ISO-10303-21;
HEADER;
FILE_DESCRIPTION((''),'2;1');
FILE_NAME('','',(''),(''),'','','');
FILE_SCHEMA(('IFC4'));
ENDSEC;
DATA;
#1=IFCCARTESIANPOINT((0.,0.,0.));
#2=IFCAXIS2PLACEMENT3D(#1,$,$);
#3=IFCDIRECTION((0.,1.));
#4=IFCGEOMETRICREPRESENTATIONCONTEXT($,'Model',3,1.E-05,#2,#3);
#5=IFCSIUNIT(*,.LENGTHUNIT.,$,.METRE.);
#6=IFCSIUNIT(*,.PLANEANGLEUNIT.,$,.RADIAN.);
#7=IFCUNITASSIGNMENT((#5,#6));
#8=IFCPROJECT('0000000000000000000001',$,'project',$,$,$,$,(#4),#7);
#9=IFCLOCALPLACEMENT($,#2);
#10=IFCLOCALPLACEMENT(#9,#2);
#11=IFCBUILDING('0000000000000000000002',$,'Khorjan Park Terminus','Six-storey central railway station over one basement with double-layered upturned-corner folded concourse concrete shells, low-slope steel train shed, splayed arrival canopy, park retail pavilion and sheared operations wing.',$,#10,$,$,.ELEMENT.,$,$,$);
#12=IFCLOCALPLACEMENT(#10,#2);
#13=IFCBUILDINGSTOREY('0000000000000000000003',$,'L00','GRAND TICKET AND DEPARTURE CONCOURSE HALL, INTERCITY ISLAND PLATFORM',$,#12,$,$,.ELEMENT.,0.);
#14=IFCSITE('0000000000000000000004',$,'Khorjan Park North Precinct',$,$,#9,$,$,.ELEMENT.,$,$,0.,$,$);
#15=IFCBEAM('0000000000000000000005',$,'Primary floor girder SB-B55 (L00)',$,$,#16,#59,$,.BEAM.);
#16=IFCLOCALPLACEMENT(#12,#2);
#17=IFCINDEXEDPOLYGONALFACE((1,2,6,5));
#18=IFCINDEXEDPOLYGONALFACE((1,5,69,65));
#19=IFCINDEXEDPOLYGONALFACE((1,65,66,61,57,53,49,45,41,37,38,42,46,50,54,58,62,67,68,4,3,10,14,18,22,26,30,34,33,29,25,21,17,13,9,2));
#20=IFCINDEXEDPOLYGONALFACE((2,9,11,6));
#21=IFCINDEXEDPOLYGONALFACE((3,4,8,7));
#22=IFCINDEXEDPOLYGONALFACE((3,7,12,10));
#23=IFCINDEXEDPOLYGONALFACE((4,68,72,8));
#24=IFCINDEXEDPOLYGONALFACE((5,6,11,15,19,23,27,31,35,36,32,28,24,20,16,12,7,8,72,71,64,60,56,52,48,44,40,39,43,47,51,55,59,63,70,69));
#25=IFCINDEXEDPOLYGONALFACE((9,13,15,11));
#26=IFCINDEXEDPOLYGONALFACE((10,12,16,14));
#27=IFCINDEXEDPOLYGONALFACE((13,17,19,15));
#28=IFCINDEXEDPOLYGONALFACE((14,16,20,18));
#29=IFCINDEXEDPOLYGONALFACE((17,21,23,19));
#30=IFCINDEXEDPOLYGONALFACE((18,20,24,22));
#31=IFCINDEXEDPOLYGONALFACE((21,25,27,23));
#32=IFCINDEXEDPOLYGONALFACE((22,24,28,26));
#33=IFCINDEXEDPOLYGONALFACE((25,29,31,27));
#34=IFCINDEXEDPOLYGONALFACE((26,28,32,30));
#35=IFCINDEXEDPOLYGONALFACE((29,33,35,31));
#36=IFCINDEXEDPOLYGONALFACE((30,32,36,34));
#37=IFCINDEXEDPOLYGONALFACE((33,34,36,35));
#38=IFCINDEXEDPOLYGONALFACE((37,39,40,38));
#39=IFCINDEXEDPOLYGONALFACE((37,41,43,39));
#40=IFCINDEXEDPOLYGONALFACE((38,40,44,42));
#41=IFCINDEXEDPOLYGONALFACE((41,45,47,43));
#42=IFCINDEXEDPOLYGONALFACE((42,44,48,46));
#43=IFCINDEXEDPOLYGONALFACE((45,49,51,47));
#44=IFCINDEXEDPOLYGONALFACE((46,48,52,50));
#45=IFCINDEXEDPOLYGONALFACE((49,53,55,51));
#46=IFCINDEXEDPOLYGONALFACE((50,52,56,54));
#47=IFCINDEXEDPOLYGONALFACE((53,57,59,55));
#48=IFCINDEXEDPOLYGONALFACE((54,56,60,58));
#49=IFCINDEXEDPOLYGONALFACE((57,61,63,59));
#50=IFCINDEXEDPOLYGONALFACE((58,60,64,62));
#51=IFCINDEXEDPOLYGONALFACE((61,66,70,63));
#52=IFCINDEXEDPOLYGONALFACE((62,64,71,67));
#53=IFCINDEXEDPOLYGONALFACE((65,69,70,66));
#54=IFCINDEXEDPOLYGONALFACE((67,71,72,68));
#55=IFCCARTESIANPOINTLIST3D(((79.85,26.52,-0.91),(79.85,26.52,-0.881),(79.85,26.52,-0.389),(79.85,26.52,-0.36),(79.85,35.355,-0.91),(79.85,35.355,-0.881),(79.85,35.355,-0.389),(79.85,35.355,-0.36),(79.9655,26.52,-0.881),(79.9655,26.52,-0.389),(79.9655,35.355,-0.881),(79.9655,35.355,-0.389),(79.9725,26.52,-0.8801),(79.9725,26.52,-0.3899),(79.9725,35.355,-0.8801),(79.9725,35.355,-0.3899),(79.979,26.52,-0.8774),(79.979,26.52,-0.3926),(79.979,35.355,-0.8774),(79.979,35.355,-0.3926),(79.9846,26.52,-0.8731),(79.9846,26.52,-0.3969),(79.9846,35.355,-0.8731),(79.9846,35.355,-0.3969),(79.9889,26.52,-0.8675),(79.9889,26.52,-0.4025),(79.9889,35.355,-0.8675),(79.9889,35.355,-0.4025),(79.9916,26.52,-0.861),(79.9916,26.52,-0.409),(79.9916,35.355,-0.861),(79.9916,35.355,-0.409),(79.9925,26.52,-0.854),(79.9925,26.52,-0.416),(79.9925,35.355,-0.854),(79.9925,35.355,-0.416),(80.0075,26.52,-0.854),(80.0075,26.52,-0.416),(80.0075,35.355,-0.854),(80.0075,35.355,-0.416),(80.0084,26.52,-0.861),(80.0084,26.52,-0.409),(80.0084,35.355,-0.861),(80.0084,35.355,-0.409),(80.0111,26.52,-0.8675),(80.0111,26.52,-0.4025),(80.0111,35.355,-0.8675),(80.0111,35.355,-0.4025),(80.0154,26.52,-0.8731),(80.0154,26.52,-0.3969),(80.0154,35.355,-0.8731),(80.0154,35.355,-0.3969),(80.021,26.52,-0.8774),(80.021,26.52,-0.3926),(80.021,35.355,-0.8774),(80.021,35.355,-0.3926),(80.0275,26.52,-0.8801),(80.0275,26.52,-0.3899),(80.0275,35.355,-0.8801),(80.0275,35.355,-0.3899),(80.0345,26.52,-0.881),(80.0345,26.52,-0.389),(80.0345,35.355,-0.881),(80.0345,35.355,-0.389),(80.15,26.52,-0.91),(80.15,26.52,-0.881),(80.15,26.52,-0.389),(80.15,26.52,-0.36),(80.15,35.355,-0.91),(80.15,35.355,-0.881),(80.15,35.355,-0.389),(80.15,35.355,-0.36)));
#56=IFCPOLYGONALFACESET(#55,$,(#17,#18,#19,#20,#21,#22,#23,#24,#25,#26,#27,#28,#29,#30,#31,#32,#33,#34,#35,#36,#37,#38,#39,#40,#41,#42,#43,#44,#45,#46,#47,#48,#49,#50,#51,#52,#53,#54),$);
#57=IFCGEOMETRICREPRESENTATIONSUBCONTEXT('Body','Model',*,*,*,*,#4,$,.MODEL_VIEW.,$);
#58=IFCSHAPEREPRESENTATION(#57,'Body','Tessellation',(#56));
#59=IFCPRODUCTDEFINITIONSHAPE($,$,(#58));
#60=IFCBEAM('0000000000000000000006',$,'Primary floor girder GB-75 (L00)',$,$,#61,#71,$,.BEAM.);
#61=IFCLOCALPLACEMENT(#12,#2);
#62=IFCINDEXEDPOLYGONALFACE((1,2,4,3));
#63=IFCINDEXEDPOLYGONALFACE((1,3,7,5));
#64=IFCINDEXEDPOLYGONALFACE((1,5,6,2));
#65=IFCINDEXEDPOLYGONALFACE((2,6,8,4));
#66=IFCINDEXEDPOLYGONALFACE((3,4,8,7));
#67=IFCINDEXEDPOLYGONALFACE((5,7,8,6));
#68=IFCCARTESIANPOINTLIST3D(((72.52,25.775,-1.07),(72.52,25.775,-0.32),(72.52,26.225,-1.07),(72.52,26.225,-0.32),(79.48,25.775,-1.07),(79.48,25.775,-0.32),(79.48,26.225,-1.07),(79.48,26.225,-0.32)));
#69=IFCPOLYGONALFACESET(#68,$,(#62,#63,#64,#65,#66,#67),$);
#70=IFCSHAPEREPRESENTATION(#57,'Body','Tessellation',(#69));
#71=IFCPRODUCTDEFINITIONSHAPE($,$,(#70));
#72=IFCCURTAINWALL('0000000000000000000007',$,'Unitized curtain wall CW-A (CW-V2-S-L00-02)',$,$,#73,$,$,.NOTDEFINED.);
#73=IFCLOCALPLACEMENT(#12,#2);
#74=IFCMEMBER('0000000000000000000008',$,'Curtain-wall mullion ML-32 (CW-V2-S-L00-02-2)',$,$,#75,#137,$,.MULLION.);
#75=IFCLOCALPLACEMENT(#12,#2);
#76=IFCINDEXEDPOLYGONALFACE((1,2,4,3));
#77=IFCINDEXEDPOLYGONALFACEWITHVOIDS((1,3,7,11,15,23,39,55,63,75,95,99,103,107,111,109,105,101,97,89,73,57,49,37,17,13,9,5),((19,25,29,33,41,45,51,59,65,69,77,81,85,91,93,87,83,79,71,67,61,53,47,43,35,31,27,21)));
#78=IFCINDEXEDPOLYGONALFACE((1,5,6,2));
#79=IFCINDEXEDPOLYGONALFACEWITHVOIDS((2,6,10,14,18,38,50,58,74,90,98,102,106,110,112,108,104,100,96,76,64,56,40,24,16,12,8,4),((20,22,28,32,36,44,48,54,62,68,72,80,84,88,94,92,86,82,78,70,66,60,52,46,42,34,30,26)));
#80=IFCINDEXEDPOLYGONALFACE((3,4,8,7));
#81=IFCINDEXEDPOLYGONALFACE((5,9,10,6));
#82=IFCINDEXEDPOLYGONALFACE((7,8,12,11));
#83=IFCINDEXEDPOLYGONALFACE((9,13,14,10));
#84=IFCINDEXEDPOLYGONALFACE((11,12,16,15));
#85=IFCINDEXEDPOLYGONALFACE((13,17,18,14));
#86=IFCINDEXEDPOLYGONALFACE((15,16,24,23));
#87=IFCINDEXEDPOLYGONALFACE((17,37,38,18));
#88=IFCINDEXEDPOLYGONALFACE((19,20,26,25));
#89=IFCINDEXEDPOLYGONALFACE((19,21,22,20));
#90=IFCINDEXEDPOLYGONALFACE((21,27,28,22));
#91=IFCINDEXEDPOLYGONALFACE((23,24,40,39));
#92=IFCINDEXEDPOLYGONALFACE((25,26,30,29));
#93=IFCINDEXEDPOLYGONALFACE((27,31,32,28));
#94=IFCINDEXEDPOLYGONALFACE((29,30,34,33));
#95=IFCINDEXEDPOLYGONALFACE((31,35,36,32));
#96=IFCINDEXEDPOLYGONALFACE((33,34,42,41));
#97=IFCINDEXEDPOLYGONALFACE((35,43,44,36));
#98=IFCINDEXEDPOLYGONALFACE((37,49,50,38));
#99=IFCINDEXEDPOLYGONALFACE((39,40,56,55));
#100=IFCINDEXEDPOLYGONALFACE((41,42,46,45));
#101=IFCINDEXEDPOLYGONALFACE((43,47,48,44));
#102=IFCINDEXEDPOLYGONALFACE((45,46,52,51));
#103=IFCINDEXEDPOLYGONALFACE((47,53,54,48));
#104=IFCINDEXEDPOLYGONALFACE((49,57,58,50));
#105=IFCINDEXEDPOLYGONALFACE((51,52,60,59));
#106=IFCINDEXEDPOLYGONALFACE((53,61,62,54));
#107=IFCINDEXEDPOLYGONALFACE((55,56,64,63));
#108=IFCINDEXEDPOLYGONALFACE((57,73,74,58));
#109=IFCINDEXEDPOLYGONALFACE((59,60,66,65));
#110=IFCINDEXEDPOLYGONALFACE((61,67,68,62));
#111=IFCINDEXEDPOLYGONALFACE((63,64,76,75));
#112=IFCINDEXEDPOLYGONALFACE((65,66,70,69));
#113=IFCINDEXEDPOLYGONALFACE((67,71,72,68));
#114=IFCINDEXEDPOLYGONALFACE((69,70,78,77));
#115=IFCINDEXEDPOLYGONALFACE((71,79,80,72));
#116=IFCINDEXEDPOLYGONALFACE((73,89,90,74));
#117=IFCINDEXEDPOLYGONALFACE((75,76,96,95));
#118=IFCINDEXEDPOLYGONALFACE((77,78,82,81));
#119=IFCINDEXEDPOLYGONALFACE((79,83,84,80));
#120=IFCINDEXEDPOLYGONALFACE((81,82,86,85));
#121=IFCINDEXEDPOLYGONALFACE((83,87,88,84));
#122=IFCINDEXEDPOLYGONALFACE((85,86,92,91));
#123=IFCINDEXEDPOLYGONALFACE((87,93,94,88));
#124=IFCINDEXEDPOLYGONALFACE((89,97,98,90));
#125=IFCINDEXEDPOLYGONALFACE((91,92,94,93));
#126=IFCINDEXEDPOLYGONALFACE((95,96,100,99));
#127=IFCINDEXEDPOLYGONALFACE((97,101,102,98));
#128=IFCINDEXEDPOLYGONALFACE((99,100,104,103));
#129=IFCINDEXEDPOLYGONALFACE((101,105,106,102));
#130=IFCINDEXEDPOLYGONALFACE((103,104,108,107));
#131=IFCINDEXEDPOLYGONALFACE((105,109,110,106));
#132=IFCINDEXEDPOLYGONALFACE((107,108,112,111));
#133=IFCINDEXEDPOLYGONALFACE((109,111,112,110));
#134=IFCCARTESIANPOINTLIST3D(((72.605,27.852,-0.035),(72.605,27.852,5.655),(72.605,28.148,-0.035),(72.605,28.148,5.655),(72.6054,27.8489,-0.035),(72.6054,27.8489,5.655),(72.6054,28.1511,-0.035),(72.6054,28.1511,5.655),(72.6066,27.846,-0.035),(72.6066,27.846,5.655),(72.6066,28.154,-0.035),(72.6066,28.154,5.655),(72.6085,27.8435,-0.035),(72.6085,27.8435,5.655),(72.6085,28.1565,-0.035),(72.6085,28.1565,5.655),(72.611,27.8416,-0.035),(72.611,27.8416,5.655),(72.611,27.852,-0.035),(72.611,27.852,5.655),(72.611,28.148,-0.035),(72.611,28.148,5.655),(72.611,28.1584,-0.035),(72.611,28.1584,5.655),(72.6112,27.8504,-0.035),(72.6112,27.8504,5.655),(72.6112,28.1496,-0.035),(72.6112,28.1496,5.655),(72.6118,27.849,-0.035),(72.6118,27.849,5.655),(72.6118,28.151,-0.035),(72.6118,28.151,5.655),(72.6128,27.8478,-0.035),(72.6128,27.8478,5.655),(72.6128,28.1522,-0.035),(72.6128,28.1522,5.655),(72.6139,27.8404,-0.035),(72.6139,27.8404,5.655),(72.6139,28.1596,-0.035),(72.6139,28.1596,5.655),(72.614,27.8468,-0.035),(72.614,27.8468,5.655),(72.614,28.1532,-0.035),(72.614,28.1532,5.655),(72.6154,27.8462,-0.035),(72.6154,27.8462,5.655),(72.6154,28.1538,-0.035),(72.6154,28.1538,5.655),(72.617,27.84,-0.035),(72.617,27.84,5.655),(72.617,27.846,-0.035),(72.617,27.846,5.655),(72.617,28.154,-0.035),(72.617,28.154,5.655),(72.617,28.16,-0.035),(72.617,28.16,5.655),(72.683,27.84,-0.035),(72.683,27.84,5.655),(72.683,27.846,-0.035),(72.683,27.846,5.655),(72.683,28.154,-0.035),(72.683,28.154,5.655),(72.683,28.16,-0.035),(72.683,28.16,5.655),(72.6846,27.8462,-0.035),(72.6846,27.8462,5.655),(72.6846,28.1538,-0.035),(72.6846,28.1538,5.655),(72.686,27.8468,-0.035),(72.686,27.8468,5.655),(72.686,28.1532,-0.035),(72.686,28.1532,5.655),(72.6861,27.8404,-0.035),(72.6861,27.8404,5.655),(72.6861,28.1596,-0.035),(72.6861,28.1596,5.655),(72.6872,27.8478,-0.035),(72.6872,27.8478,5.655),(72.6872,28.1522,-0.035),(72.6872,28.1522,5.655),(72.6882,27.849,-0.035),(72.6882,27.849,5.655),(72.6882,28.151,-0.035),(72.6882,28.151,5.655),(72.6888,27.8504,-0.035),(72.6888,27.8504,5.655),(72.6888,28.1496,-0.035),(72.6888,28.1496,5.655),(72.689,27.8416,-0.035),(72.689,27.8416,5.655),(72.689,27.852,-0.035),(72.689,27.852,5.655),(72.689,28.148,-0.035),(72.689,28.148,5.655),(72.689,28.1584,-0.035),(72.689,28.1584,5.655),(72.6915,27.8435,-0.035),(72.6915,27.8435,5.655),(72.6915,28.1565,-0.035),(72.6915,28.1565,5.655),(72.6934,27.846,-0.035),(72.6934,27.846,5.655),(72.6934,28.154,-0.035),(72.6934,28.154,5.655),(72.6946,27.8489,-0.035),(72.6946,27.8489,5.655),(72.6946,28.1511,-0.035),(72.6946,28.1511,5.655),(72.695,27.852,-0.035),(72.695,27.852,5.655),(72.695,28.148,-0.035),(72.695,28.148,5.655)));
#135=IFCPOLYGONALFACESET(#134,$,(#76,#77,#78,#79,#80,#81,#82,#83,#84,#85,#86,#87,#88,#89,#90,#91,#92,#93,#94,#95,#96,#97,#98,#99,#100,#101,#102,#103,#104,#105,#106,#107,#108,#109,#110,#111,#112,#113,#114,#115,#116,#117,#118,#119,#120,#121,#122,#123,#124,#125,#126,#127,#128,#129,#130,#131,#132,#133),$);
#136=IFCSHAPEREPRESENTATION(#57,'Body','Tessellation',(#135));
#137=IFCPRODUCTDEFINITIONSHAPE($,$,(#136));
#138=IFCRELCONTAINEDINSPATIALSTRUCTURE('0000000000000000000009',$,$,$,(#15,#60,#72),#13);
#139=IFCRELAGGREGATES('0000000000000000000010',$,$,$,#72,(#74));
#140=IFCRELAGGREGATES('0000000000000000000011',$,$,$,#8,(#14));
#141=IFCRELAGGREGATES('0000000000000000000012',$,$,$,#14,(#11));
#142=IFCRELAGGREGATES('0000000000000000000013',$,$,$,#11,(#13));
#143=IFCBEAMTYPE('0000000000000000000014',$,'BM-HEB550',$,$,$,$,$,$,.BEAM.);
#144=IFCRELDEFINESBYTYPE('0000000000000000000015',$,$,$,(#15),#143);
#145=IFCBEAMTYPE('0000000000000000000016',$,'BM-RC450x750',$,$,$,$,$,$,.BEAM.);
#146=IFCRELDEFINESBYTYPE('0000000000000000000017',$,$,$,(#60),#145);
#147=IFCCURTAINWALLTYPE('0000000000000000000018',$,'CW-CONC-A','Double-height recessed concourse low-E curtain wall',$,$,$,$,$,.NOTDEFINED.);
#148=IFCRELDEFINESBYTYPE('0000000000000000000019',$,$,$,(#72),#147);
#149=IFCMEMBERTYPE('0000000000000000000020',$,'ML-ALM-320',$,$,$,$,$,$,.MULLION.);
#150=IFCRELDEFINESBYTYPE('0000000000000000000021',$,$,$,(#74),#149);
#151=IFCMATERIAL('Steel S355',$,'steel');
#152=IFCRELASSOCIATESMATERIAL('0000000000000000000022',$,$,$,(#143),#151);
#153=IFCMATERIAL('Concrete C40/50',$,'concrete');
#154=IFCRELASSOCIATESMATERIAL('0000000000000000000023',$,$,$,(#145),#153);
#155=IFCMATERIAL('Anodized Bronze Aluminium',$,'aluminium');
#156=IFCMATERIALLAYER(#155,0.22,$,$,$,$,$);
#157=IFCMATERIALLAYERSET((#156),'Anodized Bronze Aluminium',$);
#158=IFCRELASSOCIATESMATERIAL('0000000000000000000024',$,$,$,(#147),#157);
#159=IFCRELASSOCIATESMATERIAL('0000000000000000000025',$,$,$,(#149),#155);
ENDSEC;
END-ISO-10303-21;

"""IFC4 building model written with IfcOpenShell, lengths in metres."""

from ifc_helpers import new_model, si_unit, direction, frame, origin, origin_2d, place, context, subcontext, project, spatial, rectangle, hollow_rectangle, i_section, extrude, material, layer, layer_set, material_profile, profile_set, type_object, element, aggregate, save


model = new_model("IFC4")

# Units and contexts
model_context = context("Model", 3, precision=1e-05, world=origin(), true_north=direction((0.0, 1.0)))
body_context = subcontext(model_context, "Body", "Model", "MODEL_VIEW")
ifc_project = project(units=[si_unit("LENGTHUNIT", "METRE"), si_unit("PLANEANGLEUNIT", "RADIAN")], contexts=[model_context])

# Site, building, storey
site_placement = place(None, origin())
site = spatial("IfcSite", under=ifc_project, at=site_placement, Name="Khorjan Park North Precinct", CompositionType="ELEMENT", RefElevation=0.0)
building_placement = place(site_placement, origin())
building = spatial("IfcBuilding", under=site, at=building_placement, Name="Khorjan Park Terminus", Description="Six-storey central railway station over one basement with double-layered upturned-corner folded concourse concrete shells, low-slope steel train shed, splayed arrival canopy, park retail pavilion and sheared operations wing.", CompositionType="ELEMENT")
storey_placement = place(building_placement, origin())
storey = spatial("IfcBuildingStorey", under=building, at=storey_placement, Name="L00", Description="GRAND TICKET AND DEPARTURE CONCOURSE HALL, INTERCITY ISLAND PLATFORM", CompositionType="ELEMENT", Elevation=0.0)

# Beams
ifc_material_1 = material(Name="Steel S355", Category="steel")
ifc_material_profile_1 = material_profile(ifc_material_1, i_section(OverallWidth=0.3, OverallDepth=0.55, WebThickness=0.015, FlangeThickness=0.029, FilletRadius=0.027, at=origin_2d()), Name="HEB 550")
ifc_profile_set_1 = profile_set([ifc_material_profile_1], Name="Steel S355")
beam_type_1 = type_object("IfcBeamType", Name="BM-HEB550", PredefinedType="BEAM", material=ifc_profile_set_1)
beam_1_placement = place(storey_placement, frame((80.0, 26.52, -0.635), z_axis=(0.0, 1.0, 0.0), x_axis=(-1.0, 0.0, 0.0)))
element("IfcBeam", 1, at=beam_1_placement, inside=storey, type_object=beam_type_1, Name="Primary floor girder SB-B55 (L00)", PredefinedType="BEAM", context=body_context, shape_type="SweptSolid", body=[
    extrude(i_section(OverallWidth=0.3, OverallDepth=0.55, WebThickness=0.015, FlangeThickness=0.029, FilletRadius=0.027, at=origin_2d()), origin(), (0.0, 0.0, 1.0), 8.835),
])
ifc_material_2 = material(Name="Concrete C40/50", Category="concrete")
ifc_material_profile_2 = material_profile(ifc_material_2, rectangle(XDim=0.45, YDim=0.75, at=origin_2d()), Name="RC 450x750")
ifc_profile_set_2 = profile_set([ifc_material_profile_2], Name="Concrete C40/50")
beam_type_2 = type_object("IfcBeamType", Name="BM-RC450x750", PredefinedType="BEAM", material=ifc_profile_set_2)
beam_2_placement = place(storey_placement, frame((72.52, 26.0, -0.695), z_axis=(1.0, 0.0, 0.0), x_axis=(0.0, 1.0, 0.0)))
element("IfcBeam", 2, at=beam_2_placement, inside=storey, type_object=beam_type_2, Name="Primary floor girder GB-75 (L00)", PredefinedType="BEAM", context=body_context, shape_type="SweptSolid", body=[
    extrude(rectangle(XDim=0.45, YDim=0.75, at=origin_2d()), origin(), (0.0, 0.0, 1.0), 6.96),
])

# Curtain wall, member
ifc_material_3 = material(Name="Anodized Bronze Aluminium", Category="aluminium")
ifc_layer_1 = layer(ifc_material_3, 0.22)
ifc_layer_set_1 = layer_set([ifc_layer_1], Name="Anodized Bronze Aluminium")
curtain_wall_type = type_object("IfcCurtainWallType", Name="CW-CONC-A", Description="Double-height recessed concourse low-E curtain wall", PredefinedType="NOTDEFINED", material=ifc_layer_set_1)
curtain_wall_placement = place(storey_placement, origin())
curtain_wall = element("IfcCurtainWall", 3, at=curtain_wall_placement, inside=storey, type_object=curtain_wall_type, Name="Unitized curtain wall CW-A (CW-V2-S-L00-02)", PredefinedType="NOTDEFINED")
ifc_material_profile_3 = material_profile(ifc_material_3, hollow_rectangle(XDim=0.09, YDim=0.32, WallThickness=0.006, InnerFilletRadius=0.006, OuterFilletRadius=0.012, at=origin_2d()), Name="ALM 90x320x6")
ifc_profile_set_3 = profile_set([ifc_material_profile_3], Name="Anodized Bronze Aluminium")
member_type_1 = type_object("IfcMemberType", Name="ML-ALM-320", PredefinedType="MULLION", material=ifc_profile_set_3)
member_1_placement = place(storey_placement, frame((72.65, 28.0, -0.035), z_axis=(0.0, 0.0, 1.0), x_axis=(1.0, 0.0, 0.0)))
member_1 = element("IfcMember", 4, at=member_1_placement, type_object=member_type_1, Name="Curtain-wall mullion ML-32 (CW-V2-S-L00-02-2)", PredefinedType="MULLION", context=body_context, shape_type="SweptSolid", body=[
    extrude(hollow_rectangle(XDim=0.09, YDim=0.32, WallThickness=0.006, InnerFilletRadius=0.006, OuterFilletRadius=0.012, at=origin_2d()), origin(), (0.0, 0.0, 1.0), 5.69),
])
aggregate(curtain_wall, [member_1])

save(model, "model.ifc")
